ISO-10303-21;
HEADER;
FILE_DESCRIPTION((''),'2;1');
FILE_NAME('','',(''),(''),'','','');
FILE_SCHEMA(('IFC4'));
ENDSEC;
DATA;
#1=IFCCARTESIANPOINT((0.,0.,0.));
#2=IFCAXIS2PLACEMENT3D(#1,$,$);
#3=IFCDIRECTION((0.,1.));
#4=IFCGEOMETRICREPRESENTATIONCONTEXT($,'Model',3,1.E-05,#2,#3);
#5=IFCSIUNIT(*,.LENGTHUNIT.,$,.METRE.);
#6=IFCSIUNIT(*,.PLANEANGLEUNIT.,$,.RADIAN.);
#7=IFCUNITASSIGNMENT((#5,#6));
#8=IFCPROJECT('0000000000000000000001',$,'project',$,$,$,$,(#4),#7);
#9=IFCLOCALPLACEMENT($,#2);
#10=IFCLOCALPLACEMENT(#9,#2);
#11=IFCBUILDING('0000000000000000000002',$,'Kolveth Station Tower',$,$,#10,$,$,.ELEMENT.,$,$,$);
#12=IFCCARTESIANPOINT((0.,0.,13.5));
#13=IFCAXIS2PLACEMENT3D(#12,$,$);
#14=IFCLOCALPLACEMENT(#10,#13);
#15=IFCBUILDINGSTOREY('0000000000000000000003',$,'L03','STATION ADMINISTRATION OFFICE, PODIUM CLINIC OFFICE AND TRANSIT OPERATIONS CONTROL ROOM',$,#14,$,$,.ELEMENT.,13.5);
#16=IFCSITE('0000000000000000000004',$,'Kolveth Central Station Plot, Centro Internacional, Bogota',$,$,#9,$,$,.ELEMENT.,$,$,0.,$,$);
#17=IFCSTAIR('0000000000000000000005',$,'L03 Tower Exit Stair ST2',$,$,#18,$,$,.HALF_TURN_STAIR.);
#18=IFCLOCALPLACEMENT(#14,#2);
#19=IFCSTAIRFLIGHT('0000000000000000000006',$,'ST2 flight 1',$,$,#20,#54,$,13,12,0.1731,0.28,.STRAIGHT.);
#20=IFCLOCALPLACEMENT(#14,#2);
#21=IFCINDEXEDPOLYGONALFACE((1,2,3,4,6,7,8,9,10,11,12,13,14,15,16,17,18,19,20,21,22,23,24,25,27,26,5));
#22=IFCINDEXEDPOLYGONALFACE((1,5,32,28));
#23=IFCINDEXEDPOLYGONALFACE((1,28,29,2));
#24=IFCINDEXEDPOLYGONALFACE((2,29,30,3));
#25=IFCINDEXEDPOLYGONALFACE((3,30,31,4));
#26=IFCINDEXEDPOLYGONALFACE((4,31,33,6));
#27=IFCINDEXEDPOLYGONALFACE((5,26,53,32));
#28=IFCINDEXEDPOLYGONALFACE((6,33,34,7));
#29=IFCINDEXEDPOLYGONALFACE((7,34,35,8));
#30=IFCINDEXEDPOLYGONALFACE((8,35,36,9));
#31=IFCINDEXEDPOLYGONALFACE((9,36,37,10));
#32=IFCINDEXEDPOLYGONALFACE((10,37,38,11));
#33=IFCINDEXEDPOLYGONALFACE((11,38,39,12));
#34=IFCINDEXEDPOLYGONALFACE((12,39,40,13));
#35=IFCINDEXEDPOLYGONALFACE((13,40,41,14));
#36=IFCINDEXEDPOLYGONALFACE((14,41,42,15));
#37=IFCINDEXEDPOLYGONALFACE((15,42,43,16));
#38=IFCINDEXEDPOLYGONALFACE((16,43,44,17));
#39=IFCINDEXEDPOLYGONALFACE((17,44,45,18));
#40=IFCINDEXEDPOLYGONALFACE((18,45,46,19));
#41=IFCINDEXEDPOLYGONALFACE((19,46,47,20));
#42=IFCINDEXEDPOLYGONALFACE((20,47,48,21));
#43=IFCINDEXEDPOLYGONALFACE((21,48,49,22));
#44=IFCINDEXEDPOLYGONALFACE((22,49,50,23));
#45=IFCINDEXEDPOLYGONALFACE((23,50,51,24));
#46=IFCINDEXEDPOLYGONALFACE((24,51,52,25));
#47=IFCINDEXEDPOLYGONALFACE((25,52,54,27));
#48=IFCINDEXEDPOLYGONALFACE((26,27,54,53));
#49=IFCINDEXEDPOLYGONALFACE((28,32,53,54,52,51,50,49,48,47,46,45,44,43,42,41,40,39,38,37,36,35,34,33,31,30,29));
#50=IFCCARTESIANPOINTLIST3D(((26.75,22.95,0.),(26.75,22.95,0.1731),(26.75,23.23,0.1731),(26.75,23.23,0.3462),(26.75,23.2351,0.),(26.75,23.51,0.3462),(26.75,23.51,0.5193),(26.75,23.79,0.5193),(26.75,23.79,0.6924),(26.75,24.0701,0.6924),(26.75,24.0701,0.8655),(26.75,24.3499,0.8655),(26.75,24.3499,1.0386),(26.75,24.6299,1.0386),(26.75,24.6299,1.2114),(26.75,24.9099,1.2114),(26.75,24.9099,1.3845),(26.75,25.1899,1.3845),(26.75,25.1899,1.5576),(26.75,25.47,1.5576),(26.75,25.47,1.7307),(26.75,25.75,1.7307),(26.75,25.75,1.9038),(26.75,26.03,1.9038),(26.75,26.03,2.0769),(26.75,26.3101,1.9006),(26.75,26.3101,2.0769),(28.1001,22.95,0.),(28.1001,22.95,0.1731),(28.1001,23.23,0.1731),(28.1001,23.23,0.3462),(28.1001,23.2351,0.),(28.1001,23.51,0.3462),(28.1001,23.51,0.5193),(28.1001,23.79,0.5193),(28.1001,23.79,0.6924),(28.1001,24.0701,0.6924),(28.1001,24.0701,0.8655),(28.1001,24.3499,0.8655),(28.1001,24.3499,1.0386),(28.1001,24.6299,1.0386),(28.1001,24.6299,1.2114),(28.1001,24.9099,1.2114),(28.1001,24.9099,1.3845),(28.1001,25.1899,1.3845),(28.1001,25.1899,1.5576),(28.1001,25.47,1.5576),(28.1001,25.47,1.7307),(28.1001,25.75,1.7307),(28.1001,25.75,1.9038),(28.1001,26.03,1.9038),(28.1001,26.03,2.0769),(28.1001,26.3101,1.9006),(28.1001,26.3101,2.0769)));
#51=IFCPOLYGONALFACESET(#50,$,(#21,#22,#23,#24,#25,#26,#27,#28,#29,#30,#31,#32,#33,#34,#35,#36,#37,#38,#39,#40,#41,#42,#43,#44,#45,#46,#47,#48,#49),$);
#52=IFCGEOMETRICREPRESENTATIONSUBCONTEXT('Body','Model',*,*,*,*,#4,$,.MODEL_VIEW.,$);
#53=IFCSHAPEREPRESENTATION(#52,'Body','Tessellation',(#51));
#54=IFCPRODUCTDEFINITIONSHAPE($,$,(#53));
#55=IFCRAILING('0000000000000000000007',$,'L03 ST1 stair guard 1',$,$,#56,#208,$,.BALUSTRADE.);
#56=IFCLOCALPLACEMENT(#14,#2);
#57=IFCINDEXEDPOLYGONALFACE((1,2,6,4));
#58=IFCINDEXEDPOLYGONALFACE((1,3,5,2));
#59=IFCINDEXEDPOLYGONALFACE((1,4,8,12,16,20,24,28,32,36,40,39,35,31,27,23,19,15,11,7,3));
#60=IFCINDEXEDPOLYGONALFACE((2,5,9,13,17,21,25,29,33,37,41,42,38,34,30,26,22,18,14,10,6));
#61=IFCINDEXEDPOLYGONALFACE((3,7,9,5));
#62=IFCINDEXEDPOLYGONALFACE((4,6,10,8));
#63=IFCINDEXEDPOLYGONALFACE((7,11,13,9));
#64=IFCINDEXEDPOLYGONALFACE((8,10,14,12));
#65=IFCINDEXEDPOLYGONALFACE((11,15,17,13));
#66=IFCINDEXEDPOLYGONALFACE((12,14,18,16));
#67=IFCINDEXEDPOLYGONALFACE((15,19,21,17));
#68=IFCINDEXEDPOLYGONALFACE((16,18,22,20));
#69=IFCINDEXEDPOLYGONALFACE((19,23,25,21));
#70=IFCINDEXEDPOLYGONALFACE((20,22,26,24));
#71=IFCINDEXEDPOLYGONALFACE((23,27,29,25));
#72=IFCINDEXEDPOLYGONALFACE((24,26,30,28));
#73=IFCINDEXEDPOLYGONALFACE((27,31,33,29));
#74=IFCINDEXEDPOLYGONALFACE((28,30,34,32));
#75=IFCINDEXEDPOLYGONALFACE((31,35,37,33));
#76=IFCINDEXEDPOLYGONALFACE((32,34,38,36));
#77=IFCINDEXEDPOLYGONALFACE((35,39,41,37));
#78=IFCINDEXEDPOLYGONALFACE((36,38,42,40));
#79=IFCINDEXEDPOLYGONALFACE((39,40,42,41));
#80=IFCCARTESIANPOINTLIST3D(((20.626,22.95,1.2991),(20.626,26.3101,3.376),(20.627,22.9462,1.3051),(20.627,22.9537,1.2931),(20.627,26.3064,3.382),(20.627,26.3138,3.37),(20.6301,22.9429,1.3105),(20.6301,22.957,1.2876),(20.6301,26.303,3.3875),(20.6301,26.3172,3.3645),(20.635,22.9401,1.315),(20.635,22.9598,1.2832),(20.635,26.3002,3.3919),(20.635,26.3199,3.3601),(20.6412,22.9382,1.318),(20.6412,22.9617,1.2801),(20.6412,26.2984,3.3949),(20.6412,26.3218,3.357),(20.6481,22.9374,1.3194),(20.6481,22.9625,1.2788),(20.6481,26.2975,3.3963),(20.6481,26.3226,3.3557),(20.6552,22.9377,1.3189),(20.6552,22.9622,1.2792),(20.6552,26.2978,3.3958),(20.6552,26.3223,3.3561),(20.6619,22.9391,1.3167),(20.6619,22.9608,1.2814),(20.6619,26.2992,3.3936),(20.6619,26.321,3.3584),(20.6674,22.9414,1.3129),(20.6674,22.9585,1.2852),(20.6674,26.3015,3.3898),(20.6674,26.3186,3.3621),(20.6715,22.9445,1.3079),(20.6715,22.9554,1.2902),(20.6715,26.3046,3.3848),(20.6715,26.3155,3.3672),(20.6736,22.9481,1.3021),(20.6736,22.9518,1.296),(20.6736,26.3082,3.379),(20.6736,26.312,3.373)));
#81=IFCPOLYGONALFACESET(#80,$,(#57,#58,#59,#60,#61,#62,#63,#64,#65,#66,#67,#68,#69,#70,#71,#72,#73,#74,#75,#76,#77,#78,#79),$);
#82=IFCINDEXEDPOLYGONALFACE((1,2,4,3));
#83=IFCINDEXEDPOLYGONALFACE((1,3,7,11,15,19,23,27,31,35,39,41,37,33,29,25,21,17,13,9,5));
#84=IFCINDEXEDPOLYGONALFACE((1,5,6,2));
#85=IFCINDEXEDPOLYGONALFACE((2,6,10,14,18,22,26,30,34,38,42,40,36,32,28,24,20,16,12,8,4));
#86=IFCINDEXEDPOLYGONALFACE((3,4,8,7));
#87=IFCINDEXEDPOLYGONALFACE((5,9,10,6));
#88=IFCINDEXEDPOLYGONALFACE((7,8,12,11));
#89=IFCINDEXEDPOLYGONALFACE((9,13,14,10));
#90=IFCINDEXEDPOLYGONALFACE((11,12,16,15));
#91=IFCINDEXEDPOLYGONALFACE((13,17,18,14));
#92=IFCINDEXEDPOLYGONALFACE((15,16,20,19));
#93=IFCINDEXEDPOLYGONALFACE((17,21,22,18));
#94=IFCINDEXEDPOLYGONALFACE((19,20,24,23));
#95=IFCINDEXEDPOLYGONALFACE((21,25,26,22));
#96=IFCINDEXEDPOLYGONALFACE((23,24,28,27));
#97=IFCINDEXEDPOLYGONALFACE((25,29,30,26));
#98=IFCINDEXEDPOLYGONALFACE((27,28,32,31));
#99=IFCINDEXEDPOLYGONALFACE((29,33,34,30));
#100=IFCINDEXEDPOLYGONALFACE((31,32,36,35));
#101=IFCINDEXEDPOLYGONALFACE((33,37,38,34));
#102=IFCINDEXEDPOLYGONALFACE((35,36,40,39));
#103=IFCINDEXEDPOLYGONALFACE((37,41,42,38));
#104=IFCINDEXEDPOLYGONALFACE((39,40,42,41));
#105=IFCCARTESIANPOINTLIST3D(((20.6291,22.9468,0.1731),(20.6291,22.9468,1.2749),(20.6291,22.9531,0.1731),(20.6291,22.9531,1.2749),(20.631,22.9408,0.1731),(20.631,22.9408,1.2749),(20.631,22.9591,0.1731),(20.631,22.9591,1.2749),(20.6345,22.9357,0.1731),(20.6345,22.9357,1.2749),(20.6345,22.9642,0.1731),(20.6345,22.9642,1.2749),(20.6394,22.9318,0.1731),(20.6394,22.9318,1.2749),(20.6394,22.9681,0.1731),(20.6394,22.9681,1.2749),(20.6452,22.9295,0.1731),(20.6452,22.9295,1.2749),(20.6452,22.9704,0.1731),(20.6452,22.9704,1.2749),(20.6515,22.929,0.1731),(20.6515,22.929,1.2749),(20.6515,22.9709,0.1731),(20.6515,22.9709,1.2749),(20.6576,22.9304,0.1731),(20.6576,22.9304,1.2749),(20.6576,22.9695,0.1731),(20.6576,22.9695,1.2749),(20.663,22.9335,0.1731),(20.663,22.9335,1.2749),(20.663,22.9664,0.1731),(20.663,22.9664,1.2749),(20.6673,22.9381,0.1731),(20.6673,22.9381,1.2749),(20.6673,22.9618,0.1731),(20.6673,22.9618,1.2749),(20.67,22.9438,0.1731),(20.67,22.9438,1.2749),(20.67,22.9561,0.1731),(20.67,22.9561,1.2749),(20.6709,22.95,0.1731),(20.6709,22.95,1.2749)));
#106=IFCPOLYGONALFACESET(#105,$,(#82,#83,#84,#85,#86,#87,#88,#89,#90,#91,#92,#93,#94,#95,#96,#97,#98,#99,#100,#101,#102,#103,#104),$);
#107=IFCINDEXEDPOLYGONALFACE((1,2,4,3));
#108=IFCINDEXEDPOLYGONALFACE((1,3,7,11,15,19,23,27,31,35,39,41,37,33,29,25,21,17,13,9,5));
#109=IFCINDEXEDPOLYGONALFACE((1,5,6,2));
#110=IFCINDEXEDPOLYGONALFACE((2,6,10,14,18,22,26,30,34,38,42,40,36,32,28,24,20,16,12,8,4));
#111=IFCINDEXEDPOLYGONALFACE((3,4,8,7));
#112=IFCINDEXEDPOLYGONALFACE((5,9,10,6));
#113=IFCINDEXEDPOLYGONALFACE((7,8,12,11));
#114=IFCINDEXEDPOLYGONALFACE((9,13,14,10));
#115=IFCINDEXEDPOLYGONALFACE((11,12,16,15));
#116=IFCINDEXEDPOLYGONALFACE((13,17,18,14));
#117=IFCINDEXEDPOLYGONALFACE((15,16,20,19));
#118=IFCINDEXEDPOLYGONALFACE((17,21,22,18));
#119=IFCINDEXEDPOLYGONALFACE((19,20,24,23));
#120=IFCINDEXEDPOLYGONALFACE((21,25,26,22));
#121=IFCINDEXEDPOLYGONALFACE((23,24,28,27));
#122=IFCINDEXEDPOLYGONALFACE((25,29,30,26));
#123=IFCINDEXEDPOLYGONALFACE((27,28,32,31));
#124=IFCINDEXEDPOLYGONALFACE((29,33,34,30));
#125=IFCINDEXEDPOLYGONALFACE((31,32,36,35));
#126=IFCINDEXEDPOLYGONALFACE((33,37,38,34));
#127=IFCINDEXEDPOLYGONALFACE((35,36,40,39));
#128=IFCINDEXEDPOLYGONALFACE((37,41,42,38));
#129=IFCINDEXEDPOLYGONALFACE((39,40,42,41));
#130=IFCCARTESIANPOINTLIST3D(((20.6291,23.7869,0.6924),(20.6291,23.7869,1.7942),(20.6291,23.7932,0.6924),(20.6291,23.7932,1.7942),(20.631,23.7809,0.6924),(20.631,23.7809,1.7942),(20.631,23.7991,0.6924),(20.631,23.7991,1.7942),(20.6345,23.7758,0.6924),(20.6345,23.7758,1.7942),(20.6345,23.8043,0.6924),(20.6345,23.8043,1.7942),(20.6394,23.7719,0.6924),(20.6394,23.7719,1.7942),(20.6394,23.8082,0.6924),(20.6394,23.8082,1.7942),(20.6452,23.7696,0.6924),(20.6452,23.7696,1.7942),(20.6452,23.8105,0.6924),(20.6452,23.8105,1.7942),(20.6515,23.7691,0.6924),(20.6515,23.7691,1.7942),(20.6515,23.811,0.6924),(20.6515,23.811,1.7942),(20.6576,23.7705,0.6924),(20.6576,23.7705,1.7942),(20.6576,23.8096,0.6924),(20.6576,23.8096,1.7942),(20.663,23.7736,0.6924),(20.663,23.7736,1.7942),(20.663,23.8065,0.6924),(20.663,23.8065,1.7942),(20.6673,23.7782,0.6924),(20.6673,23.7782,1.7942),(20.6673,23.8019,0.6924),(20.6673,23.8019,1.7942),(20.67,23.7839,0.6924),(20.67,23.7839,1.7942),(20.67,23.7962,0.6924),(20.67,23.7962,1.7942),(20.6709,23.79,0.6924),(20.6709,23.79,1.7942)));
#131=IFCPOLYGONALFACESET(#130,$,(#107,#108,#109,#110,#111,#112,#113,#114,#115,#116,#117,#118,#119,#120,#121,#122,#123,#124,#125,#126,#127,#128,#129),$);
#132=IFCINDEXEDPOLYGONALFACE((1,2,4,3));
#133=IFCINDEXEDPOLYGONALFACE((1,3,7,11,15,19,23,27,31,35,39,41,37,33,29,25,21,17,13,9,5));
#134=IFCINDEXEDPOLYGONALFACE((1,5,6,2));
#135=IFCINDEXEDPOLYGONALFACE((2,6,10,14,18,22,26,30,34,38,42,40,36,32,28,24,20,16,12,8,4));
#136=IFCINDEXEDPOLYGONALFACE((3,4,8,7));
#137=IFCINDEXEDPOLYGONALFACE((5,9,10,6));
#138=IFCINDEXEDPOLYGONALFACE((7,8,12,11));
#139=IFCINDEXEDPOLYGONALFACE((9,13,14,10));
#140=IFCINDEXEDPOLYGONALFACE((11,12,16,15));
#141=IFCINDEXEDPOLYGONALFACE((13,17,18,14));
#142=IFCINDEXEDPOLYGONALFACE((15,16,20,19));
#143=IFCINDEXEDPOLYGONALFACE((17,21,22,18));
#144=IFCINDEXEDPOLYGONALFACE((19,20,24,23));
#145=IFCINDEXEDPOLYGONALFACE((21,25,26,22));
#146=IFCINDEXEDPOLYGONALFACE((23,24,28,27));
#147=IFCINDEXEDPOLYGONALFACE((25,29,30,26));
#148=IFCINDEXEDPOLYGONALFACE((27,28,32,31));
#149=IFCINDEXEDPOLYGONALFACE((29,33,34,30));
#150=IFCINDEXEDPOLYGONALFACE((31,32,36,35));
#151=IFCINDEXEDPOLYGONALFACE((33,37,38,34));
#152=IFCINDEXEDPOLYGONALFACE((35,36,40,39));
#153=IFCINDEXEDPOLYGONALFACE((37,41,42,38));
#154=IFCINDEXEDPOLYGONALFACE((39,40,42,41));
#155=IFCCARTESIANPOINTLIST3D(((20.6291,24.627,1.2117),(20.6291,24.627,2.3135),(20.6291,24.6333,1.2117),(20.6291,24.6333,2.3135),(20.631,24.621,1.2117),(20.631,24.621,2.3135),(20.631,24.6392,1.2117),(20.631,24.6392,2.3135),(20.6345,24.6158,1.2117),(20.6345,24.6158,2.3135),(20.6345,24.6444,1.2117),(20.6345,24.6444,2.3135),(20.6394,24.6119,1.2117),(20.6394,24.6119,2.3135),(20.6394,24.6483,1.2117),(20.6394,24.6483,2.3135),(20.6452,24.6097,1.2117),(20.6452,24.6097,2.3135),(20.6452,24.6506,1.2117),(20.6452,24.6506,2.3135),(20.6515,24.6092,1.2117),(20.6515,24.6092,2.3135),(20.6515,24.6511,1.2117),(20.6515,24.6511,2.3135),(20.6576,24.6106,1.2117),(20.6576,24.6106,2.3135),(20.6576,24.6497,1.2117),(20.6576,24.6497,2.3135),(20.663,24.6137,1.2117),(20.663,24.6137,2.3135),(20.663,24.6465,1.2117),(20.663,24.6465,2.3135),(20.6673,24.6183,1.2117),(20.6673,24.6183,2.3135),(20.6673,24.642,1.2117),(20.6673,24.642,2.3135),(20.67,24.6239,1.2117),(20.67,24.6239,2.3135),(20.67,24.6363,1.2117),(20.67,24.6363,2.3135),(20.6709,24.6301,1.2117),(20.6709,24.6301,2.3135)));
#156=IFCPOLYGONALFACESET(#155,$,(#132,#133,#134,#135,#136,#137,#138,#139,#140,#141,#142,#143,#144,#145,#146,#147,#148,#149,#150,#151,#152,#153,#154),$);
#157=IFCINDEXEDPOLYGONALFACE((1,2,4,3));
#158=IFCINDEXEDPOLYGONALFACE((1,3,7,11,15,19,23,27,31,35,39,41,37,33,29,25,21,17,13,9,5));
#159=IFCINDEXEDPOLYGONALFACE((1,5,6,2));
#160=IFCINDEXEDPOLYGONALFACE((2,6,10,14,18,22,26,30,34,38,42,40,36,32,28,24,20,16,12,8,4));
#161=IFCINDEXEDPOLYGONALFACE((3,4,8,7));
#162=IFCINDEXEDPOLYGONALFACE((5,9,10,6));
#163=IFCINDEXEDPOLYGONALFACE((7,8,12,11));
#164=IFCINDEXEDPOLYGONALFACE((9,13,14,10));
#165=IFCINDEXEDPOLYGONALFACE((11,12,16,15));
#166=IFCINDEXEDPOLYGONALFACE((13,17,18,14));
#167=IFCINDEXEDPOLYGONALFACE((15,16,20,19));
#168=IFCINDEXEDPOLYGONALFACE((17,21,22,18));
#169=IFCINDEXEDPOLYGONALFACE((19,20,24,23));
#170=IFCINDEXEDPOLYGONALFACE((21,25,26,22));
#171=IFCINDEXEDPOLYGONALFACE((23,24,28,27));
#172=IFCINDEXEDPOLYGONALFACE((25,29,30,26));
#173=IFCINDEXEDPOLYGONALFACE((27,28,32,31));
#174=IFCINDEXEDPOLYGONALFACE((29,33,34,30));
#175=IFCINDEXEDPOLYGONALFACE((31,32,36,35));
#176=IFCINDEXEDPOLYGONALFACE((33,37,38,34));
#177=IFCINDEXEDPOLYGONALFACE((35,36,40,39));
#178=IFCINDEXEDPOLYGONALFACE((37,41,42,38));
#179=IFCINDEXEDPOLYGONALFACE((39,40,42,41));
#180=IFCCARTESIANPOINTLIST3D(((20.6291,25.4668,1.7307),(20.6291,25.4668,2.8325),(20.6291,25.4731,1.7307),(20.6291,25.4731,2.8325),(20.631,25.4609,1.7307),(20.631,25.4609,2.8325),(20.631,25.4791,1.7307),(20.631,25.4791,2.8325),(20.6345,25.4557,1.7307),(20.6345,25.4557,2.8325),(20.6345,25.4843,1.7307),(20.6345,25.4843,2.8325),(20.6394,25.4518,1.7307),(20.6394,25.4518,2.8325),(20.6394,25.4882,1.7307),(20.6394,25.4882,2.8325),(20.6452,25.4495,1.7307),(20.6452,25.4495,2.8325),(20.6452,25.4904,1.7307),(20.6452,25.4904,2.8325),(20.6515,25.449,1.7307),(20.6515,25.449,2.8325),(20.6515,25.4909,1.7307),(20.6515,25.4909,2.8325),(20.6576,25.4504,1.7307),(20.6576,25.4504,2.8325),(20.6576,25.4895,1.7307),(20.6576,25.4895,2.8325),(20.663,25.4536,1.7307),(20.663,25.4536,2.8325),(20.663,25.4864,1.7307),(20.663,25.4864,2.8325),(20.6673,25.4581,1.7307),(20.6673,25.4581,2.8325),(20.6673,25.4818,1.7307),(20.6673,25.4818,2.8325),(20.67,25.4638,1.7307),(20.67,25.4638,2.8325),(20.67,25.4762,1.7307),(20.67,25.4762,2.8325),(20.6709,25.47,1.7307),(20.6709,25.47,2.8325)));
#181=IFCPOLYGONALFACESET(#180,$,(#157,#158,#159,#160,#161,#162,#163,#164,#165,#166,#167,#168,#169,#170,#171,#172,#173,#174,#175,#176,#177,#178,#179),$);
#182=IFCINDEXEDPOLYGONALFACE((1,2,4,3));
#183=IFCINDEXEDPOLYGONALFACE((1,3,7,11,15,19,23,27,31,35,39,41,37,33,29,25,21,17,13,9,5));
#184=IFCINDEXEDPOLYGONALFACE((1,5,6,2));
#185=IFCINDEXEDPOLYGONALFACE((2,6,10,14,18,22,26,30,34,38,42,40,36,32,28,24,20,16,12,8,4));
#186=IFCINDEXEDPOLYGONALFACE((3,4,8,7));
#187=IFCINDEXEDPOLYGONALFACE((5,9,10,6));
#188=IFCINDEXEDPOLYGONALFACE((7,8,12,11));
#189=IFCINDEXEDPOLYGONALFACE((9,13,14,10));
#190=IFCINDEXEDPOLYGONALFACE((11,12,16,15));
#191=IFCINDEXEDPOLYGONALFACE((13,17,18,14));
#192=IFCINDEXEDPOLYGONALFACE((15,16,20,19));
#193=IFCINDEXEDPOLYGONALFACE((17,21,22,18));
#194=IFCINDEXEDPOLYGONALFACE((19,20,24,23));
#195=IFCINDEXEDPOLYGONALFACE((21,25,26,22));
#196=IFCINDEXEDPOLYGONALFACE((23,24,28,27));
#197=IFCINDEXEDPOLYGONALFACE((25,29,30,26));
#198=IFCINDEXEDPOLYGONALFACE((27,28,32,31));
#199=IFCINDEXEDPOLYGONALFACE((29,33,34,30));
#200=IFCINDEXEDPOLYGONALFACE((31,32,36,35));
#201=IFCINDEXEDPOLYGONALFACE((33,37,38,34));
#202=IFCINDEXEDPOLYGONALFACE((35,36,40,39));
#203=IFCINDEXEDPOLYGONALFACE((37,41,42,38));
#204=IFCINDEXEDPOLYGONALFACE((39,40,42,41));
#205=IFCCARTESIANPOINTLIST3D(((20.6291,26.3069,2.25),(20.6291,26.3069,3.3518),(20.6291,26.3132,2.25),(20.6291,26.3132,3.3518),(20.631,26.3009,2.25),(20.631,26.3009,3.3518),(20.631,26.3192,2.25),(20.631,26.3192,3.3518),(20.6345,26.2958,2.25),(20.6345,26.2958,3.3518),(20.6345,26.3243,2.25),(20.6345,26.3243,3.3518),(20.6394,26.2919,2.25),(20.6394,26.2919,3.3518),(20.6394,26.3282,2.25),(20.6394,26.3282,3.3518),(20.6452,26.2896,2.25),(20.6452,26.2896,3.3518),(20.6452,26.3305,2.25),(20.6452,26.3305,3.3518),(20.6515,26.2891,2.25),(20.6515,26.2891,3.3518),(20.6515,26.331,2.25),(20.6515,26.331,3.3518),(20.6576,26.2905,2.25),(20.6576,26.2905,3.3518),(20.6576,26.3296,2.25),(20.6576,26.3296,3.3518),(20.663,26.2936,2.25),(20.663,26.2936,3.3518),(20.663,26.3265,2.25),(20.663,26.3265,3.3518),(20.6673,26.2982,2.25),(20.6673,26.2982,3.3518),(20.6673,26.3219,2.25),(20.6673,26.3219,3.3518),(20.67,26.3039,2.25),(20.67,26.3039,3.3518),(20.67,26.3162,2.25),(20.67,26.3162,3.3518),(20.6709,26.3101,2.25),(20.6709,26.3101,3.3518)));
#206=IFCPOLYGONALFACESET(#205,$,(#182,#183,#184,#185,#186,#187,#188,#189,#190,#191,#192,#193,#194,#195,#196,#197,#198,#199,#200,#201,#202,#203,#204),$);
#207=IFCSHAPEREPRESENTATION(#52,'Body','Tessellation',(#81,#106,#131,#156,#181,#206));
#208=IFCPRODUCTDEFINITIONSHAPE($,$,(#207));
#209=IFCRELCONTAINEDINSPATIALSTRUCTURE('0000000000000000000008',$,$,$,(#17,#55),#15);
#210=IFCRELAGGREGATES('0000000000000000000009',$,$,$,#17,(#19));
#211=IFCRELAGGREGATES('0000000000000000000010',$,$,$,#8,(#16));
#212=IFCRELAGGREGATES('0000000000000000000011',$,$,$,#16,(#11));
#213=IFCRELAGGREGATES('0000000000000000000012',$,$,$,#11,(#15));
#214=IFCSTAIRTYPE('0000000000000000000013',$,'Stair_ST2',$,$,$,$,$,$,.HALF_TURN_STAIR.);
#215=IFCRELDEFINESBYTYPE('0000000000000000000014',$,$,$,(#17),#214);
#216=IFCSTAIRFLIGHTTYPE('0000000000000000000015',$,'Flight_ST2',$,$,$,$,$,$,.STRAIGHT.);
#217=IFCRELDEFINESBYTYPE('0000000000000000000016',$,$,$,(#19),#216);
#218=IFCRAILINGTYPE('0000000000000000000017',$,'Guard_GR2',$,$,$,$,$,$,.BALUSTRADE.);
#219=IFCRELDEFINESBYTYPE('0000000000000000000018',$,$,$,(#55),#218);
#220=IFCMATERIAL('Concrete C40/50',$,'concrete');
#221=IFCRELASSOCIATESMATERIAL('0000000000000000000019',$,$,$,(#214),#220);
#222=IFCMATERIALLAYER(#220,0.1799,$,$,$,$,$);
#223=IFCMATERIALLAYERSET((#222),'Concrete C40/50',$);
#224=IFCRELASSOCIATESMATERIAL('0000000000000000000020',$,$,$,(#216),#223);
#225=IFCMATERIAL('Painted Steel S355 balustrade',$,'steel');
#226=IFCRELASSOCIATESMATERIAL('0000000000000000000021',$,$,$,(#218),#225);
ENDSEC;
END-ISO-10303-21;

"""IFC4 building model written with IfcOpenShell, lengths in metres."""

from ifc_helpers import new_model, si_unit, direction, frame, origin, origin_2d, place, context, subcontext, project, spatial, polyline, circle, outline, extrude, material, layer, layer_set, type_object, element, aggregate, save


model = new_model("IFC4")

# Units and contexts
model_context = context("Model", 3, precision=1e-05, world=origin(), true_north=direction((0.0, 1.0)))
body_context = subcontext(model_context, "Body", "Model", "MODEL_VIEW")
ifc_project = project(units=[si_unit("LENGTHUNIT", "METRE"), si_unit("PLANEANGLEUNIT", "RADIAN")], contexts=[model_context])

# Site, building, storey
site_placement = place(None, origin())
site = spatial("IfcSite", under=ifc_project, at=site_placement, Name="Kolveth Central Station Plot, Centro Internacional, Bogota", CompositionType="ELEMENT", RefElevation=0.0)
building_placement = place(site_placement, origin())
building = spatial("IfcBuilding", under=site, at=building_placement, Name="Kolveth Station Tower", CompositionType="ELEMENT")
storey_placement = place(building_placement, frame((0.0, 0.0, 13.5)))
storey = spatial("IfcBuildingStorey", under=building, at=storey_placement, Name="L03", Description="STATION ADMINISTRATION OFFICE, PODIUM CLINIC OFFICE AND TRANSIT OPERATIONS CONTROL ROOM", CompositionType="ELEMENT", Elevation=13.5)

# Stair, stair flight
ifc_material_1 = material(Name="Concrete C40/50", Category="concrete")
stair_type_1 = type_object("IfcStairType", Name="Stair_ST2", PredefinedType="HALF_TURN_STAIR", material=ifc_material_1)
stair_1_placement = place(storey_placement, origin())
stair_1 = element("IfcStair", 1, at=stair_1_placement, inside=storey, type_object=stair_type_1, Name="L03 Tower Exit Stair ST2", PredefinedType="HALF_TURN_STAIR")
ifc_layer_1 = layer(ifc_material_1, 0.1799)
ifc_layer_set_1 = layer_set([ifc_layer_1], Name="Concrete C40/50")
stair_flight_type_1 = type_object("IfcStairFlightType", Name="Flight_ST2", PredefinedType="STRAIGHT", material=ifc_layer_set_1)
stair_flight_1_placement = place(storey_placement, frame((27.425, 22.95, 0.0), z_axis=(0.0, 0.0, 1.0), x_axis=(0.0, 1.0, 0.0)))
stair_flight_1 = element("IfcStairFlight", 2, at=stair_flight_1_placement, type_object=stair_flight_type_1, Name="ST2 flight 1", NumberOfRisers=13, NumberOfTreads=12, PredefinedType="STRAIGHT", RiserHeight=0.1731, TreadLength=0.28, context=body_context, shape_type="SweptSolid", body=[
    extrude(outline(polyline([(0.0, 0.0), (0.0, 0.1731), (0.28, 0.1731), (0.28, 0.3462), (0.5601, 0.3462), (0.5601, 0.5193), (0.8401, 0.5193), (0.8401, 0.6924), (1.1201, 0.6924), (1.1201, 0.8655), (1.3999, 0.8655), (1.3999, 1.0386), (1.6799, 1.0386), (1.6799, 1.2114), (1.96, 1.2114), (1.96, 1.3845), (2.24, 1.3845), (2.24, 1.5576), (2.52, 1.5576), (2.52, 1.7307), (2.8, 1.7307), (2.8, 1.9038), (3.0801, 1.9038), (3.0801, 2.0769), (3.3601, 2.0769), (3.3601, 2.25), (3.3601, 1.9006), (0.2852, 0.0), (0.0, 0.0)])), frame((0.0, 0.675, 0.0), z_axis=(0.0, -1.0, 0.0), x_axis=(1.0, 0.0, 0.0)), (0.0, 0.0, 1.0), 1.3501),
])
aggregate(stair_1, [stair_flight_1])

# Railing
ifc_material_2 = material(Name="Painted Steel S355 balustrade", Category="steel")
railing_type_1 = type_object("IfcRailingType", Name="Guard_GR2", PredefinedType="BALUSTRADE", material=ifc_material_2)
railing_1_placement = place(storey_placement, frame((20.6499, 22.95, 0.1731)))
element("IfcRailing", 3, at=railing_1_placement, inside=storey, type_object=railing_type_1, Name="L03 ST1 stair guard 1", PredefinedType="BALUSTRADE", context=body_context, shape_type="SweptSolid", body=[
    extrude(circle(Radius=0.0239, at=origin_2d()), frame((0.0, 0.0, 1.126), z_axis=(0.0, 0.850623, 0.525776), x_axis=(-1.0, 0.0, 0.0)), (0.0, 0.0, 1.0), 3.9502),
    extrude(circle(Radius=0.021, at=origin_2d()), origin(), (0.0, 0.0, 1.0), 1.1018),
    extrude(circle(Radius=0.021, at=origin_2d()), frame((0.0, 0.8401, 0.5193)), (0.0, 0.0, 1.0), 1.1018),
    extrude(circle(Radius=0.021, at=origin_2d()), frame((0.0, 1.6802, 1.0386)), (0.0, 0.0, 1.0), 1.1018),
    extrude(circle(Radius=0.021, at=origin_2d()), frame((0.0, 2.52, 1.5576)), (0.0, 0.0, 1.0), 1.1018),
    extrude(circle(Radius=0.021, at=origin_2d()), frame((0.0, 3.3601, 2.0769)), (0.0, 0.0, 1.0), 1.1018),
])

save(model, "model.ifc")
